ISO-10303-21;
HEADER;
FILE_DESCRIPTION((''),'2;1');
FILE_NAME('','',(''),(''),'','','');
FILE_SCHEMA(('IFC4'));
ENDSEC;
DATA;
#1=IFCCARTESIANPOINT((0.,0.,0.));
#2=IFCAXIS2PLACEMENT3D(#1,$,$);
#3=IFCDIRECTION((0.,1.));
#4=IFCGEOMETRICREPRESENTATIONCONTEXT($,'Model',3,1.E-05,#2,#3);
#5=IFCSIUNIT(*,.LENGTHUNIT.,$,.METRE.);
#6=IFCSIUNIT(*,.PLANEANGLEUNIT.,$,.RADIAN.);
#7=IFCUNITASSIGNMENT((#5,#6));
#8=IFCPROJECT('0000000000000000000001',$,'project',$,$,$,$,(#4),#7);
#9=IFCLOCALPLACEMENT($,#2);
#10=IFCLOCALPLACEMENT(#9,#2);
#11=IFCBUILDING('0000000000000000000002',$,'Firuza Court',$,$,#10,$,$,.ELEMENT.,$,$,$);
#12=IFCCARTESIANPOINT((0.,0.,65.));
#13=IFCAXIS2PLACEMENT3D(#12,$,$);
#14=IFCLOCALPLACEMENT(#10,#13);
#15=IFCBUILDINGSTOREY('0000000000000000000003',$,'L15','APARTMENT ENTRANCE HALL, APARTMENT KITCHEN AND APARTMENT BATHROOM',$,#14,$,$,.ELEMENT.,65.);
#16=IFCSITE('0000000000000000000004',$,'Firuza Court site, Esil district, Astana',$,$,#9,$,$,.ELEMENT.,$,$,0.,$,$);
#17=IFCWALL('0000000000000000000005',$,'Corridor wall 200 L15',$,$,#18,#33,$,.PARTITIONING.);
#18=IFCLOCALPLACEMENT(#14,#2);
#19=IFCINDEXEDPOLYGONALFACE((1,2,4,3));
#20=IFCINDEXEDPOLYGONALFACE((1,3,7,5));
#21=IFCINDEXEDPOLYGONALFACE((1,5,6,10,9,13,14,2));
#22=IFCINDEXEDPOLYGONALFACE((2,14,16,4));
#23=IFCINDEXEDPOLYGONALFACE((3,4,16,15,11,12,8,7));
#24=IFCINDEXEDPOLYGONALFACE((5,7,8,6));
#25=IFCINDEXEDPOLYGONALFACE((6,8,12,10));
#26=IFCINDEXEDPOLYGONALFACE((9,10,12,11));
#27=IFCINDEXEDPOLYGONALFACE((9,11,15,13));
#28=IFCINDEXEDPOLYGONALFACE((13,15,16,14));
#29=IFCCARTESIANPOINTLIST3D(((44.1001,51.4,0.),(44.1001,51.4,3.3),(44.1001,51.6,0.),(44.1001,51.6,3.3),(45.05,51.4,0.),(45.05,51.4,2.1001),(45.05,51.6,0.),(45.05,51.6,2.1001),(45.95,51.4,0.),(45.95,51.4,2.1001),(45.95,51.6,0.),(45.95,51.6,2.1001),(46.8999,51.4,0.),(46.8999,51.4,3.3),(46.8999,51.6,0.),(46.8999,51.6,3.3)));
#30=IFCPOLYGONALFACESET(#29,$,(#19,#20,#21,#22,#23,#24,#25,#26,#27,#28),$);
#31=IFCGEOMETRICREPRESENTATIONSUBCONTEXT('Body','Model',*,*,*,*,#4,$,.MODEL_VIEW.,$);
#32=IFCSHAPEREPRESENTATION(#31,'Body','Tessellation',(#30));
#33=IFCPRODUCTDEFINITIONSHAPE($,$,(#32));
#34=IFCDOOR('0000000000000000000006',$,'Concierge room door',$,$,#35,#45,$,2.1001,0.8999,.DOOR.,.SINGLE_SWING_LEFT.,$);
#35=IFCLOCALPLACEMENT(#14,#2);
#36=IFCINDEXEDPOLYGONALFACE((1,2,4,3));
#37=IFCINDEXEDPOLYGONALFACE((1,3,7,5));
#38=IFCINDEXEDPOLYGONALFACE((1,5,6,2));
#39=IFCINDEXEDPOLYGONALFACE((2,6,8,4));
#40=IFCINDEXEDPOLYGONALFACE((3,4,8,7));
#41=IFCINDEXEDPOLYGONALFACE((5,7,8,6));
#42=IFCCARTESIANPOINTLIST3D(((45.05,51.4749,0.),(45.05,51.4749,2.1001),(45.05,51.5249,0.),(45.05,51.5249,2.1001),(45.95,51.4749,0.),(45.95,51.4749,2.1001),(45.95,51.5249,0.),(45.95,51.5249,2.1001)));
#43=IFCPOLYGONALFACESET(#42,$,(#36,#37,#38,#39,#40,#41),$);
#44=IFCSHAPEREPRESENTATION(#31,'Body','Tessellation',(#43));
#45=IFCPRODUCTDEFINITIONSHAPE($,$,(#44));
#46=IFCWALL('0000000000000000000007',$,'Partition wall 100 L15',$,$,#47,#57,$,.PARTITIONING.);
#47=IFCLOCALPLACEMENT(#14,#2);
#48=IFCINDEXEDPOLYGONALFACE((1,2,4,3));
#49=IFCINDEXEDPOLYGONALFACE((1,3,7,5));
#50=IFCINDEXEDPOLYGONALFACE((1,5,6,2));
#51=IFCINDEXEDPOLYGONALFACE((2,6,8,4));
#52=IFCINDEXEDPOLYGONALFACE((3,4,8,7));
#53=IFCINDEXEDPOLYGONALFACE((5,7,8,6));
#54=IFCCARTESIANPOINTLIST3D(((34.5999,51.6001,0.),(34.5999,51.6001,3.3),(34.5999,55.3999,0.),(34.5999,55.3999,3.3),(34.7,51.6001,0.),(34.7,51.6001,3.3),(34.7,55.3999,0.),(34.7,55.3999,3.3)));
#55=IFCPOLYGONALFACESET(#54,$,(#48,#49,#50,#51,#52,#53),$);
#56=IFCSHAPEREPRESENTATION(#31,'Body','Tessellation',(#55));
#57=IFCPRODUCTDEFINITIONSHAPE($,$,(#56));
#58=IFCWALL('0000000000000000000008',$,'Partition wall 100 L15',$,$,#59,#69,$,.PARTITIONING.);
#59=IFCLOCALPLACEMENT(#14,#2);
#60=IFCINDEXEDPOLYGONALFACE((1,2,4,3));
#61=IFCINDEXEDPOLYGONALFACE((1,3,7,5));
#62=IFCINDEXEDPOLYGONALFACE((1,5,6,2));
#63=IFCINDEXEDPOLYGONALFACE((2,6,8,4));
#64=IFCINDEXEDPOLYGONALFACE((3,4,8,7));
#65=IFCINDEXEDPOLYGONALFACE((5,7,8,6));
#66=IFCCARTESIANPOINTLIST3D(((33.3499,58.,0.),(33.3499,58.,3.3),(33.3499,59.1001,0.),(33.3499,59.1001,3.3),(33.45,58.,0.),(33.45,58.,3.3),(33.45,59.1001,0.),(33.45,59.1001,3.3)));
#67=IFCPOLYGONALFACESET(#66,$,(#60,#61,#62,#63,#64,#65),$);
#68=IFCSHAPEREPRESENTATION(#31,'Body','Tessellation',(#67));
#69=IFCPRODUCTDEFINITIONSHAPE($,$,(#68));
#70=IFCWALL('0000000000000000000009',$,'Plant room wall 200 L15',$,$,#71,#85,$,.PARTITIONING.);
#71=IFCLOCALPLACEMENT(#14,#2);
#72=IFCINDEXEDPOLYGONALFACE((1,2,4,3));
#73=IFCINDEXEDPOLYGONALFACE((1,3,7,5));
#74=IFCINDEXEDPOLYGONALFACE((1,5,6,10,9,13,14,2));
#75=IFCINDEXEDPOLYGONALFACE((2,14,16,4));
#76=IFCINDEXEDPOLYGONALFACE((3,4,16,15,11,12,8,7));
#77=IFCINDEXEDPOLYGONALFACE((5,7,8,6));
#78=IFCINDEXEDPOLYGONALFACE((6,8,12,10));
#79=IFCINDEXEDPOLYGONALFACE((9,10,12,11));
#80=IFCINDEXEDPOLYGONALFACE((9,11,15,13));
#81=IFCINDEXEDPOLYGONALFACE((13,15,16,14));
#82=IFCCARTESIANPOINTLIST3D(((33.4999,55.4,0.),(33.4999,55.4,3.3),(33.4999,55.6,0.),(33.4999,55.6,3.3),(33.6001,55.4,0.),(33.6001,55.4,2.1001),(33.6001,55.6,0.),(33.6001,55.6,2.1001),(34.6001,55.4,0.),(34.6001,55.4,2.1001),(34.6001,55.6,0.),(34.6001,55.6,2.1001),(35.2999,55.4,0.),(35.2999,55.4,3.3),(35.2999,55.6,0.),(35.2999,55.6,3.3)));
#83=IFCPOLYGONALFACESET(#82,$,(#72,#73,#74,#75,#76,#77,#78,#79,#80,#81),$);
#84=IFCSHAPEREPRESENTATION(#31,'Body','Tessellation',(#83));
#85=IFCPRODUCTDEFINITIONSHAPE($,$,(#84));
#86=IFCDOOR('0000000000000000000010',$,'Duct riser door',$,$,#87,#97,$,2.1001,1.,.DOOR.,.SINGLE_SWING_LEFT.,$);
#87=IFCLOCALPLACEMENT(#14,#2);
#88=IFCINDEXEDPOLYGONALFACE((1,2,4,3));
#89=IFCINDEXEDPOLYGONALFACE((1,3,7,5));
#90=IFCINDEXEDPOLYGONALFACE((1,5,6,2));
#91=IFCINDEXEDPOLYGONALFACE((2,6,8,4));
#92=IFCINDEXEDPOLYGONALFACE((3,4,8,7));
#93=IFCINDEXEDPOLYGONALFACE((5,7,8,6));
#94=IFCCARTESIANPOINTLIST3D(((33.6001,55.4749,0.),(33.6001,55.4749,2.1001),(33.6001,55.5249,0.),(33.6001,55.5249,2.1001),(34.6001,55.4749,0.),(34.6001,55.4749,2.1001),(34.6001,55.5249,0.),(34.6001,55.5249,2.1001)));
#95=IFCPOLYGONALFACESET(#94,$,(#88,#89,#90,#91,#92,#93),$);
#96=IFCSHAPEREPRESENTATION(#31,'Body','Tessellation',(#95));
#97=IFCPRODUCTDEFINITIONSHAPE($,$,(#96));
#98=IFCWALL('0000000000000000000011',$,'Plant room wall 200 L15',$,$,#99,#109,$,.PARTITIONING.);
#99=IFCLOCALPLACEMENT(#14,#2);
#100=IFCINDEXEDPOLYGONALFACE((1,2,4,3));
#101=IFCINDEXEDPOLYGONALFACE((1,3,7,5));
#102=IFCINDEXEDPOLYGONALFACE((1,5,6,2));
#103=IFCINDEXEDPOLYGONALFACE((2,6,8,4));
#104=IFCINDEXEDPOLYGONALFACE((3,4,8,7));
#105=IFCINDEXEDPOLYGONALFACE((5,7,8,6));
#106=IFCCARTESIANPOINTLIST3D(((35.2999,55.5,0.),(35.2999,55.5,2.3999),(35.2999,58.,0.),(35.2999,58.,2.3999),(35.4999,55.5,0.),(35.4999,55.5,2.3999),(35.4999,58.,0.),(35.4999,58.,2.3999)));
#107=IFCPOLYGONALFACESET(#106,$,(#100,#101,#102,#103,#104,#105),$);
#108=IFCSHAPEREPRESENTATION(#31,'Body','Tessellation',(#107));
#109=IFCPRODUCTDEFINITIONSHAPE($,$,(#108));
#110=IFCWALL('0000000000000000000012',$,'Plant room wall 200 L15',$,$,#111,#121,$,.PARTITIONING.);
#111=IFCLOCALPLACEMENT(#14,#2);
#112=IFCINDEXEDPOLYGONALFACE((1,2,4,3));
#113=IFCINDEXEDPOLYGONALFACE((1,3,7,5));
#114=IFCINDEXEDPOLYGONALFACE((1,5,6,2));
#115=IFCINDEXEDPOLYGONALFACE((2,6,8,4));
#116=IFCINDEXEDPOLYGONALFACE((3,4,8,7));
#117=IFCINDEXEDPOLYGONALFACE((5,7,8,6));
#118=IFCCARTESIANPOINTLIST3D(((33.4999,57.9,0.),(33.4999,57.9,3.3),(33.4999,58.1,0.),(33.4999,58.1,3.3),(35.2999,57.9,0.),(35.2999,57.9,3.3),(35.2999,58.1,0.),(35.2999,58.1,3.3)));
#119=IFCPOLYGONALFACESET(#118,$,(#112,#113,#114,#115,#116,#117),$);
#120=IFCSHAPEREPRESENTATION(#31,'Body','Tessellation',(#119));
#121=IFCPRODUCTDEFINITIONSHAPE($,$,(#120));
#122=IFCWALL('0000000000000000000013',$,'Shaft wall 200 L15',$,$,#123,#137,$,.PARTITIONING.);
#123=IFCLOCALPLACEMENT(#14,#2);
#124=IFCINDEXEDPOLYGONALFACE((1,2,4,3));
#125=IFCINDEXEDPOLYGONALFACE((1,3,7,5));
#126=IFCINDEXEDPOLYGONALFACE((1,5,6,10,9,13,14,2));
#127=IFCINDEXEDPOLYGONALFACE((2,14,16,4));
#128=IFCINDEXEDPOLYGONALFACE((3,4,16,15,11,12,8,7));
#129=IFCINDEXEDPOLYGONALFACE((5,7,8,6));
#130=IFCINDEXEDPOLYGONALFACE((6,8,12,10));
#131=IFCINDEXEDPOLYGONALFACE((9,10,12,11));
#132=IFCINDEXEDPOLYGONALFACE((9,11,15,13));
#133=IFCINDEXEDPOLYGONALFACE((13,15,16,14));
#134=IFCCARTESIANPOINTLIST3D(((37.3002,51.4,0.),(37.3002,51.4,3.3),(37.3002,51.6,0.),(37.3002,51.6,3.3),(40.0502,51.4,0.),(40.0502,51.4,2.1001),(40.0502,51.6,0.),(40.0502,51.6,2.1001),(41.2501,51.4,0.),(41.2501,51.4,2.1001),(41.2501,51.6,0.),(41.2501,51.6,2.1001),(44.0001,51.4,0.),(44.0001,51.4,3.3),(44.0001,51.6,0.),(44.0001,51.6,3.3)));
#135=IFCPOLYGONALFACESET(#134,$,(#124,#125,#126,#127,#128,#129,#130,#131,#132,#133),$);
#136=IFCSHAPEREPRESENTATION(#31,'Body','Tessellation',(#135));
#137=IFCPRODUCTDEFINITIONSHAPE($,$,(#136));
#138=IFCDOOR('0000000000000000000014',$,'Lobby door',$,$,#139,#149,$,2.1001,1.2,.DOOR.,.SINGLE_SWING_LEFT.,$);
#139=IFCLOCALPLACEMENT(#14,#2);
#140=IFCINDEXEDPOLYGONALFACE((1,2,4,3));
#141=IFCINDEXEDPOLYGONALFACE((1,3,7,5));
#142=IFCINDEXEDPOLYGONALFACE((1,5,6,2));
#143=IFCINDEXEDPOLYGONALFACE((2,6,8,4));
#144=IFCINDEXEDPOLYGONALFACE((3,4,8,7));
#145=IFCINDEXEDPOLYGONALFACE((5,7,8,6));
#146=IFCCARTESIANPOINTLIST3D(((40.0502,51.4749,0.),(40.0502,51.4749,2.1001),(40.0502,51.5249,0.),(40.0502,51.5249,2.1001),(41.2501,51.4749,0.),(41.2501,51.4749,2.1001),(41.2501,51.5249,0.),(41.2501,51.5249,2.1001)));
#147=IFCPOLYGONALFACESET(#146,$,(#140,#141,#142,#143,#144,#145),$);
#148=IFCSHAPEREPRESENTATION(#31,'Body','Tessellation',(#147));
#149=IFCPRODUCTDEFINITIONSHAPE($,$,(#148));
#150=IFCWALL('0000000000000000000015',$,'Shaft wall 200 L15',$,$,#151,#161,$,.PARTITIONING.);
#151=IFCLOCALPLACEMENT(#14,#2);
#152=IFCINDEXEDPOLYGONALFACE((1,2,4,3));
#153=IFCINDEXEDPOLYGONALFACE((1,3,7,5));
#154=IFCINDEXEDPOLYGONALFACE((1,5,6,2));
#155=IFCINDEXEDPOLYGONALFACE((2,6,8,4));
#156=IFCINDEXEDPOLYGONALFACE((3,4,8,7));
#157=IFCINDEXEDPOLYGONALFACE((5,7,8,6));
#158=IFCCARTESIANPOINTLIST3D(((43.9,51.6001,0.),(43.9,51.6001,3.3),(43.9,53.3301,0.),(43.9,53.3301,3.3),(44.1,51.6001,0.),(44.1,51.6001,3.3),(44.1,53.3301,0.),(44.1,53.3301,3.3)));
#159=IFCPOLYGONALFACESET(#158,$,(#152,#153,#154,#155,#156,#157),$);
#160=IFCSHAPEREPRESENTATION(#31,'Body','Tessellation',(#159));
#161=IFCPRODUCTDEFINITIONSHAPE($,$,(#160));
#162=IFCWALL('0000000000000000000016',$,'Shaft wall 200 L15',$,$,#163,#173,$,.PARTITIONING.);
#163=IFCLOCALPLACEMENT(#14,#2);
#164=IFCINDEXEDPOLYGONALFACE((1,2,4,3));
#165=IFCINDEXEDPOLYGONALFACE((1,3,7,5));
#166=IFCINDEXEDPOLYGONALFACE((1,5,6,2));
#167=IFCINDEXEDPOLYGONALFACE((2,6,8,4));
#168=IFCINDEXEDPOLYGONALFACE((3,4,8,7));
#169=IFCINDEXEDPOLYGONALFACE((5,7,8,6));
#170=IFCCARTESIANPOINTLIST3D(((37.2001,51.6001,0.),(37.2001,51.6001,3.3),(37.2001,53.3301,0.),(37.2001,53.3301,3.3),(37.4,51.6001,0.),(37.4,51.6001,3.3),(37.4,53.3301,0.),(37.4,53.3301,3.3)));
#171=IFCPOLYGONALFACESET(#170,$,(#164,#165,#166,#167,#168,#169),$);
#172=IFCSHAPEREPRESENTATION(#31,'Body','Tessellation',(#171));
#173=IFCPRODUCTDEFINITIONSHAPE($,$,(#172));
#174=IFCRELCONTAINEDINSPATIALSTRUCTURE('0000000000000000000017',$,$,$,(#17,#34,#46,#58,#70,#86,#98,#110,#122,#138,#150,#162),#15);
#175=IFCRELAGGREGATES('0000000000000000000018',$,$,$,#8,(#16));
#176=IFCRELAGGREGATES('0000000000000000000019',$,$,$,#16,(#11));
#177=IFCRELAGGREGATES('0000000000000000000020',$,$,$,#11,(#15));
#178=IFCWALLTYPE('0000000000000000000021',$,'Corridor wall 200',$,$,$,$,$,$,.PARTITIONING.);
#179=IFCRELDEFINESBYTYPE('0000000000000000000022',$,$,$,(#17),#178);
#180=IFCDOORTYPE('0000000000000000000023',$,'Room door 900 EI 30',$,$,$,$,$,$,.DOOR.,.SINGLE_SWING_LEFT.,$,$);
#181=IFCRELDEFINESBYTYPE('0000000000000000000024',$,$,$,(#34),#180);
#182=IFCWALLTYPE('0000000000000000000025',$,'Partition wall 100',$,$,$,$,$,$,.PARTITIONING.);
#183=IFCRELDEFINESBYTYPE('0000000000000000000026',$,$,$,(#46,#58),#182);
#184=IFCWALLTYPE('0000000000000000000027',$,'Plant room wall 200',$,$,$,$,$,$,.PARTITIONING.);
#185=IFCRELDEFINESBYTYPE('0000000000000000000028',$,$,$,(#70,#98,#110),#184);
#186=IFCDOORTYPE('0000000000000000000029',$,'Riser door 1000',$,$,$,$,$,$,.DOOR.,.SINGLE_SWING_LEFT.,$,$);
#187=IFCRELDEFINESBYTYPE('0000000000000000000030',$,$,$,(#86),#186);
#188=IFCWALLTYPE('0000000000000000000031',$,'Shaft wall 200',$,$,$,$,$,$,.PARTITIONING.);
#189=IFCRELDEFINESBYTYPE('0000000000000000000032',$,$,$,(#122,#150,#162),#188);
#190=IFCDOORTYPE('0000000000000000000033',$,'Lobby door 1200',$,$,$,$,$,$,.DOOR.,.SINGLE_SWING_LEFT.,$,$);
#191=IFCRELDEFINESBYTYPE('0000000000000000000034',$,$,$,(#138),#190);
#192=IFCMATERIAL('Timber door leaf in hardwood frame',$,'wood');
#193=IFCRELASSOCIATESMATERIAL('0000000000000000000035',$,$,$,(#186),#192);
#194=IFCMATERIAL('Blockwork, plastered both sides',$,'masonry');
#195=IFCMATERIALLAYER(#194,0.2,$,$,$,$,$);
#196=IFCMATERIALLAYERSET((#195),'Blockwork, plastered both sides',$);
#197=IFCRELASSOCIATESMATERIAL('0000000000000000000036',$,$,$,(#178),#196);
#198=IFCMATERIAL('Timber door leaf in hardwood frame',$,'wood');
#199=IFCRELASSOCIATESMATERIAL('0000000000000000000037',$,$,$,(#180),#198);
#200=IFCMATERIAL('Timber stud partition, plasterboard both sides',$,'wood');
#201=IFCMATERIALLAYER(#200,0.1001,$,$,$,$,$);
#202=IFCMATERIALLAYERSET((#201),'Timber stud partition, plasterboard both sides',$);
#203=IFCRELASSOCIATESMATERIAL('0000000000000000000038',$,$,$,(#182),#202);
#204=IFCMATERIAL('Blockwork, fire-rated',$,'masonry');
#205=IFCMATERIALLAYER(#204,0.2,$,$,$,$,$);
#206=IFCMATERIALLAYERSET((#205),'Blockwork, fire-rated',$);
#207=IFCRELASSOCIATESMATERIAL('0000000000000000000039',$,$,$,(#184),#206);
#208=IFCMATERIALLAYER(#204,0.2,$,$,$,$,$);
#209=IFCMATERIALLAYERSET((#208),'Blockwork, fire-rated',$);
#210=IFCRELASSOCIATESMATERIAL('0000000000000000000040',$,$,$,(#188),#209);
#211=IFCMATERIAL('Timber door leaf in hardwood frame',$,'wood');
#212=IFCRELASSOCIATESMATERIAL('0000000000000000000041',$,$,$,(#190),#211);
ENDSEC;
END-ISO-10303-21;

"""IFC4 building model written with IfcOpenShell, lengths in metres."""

from ifc_helpers import new_model, si_unit, direction, frame, frame_2d, origin, place, context, subcontext, project, spatial, rectangle, extrude, material, layer, layer_set, type_object, element, fill, save


model = new_model("IFC4")

# Units and contexts
model_context = context("Model", 3, precision=1e-05, world=origin(), true_north=direction((0.0, 1.0)))
body_context = subcontext(model_context, "Body", "Model", "MODEL_VIEW")
ifc_project = project(units=[si_unit("LENGTHUNIT", "METRE"), si_unit("PLANEANGLEUNIT", "RADIAN")], contexts=[model_context])

# Site, building, storey
site_placement = place(None, origin())
site = spatial("IfcSite", under=ifc_project, at=site_placement, Name="Firuza Court site, Esil district, Astana", CompositionType="ELEMENT", RefElevation=0.0)
building_placement = place(site_placement, origin())
building = spatial("IfcBuilding", under=site, at=building_placement, Name="Firuza Court", CompositionType="ELEMENT")
storey_placement = place(building_placement, frame((0.0, 0.0, 65.0)))
storey = spatial("IfcBuildingStorey", under=building, at=storey_placement, Name="L15", Description="APARTMENT ENTRANCE HALL, APARTMENT KITCHEN AND APARTMENT BATHROOM", CompositionType="ELEMENT", Elevation=65.0)

# Shared definitions
ifc_material_1 = material(Name="Timber door leaf in hardwood frame", Category="wood")
door_type_1 = type_object("IfcDoorType", Name="Riser door 1000", OperationType="SINGLE_SWING_LEFT", PredefinedType="DOOR", material=ifc_material_1)

# Wall, opening, door
ifc_material_2 = material(Name="Blockwork, plastered both sides", Category="masonry")
ifc_layer_1 = layer(ifc_material_2, 0.2)
ifc_layer_set_1 = layer_set([ifc_layer_1], Name="Blockwork, plastered both sides")
wall_type_1 = type_object("IfcWallType", Name="Corridor wall 200", PredefinedType="PARTITIONING", material=ifc_layer_set_1)
wall_1_placement = place(storey_placement, frame((44.1001, 51.5, 0.0), z_axis=(0.0, 0.0, 1.0), x_axis=(1.0, 0.0, 0.0)))
wall_1 = element("IfcWall", 1, at=wall_1_placement, inside=storey, type_object=wall_type_1, Name="Corridor wall 200 L15", PredefinedType="PARTITIONING", context=body_context, shape_type="SweptSolid", body=[
    extrude(rectangle(XDim=2.7998, YDim=0.2, at=frame_2d((1.3999, 0.0))), origin(), (0.0, 0.0, 1.0), 3.3),
])
opening_1_placement = place(wall_1_placement, frame((0.95, 0.0, 0.0)))
opening_1 = element("IfcOpeningElement", 2, at=opening_1_placement, cuts=wall_1, PredefinedType="OPENING", context=body_context, shape_type="SweptSolid", body=[
    extrude(rectangle(XDim=0.8999, YDim=2.1001, at=frame_2d((0.45, 1.05))), frame((0.0, 0.1118, 0.0), z_axis=(0.0, -1.0, 0.0), x_axis=(1.0, 0.0, 0.0)), (0.0, 0.0, 1.0), 0.2239),
])
ifc_material_3 = material(Name="Timber door leaf in hardwood frame", Category="wood")
door_type_2 = type_object("IfcDoorType", Name="Room door 900 EI 30", OperationType="SINGLE_SWING_LEFT", PredefinedType="DOOR", material=ifc_material_3)
door_1_placement = place(opening_1_placement, origin())
door_1 = element("IfcDoor", 3, at=door_1_placement, inside=storey, type_object=door_type_2, Name="Concierge room door", OperationType="SINGLE_SWING_LEFT", OverallHeight=2.1001, OverallWidth=0.8999, PredefinedType="DOOR", context=body_context, shape_type="SweptSolid", body=[
    extrude(rectangle(XDim=0.8999, YDim=2.1001, at=frame_2d((0.45, 1.05))), frame((0.0, 0.0249, 0.0), z_axis=(0.0, -1.0, 0.0), x_axis=(1.0, 0.0, 0.0)), (0.0, 0.0, 1.0), 0.05),
])
fill(opening_1, door_1)

# Walls
ifc_material_4 = material(Name="Timber stud partition, plasterboard both sides", Category="wood")
ifc_layer_2 = layer(ifc_material_4, 0.1001)
ifc_layer_set_2 = layer_set([ifc_layer_2], Name="Timber stud partition, plasterboard both sides")
wall_type_2 = type_object("IfcWallType", Name="Partition wall 100", PredefinedType="PARTITIONING", material=ifc_layer_set_2)
wall_2_placement = place(storey_placement, frame((34.6499, 51.6001, 0.0), z_axis=(0.0, 0.0, 1.0), x_axis=(0.0, 1.0, 0.0)))
element("IfcWall", 4, at=wall_2_placement, inside=storey, type_object=wall_type_2, Name="Partition wall 100 L15", PredefinedType="PARTITIONING", context=body_context, shape_type="SweptSolid", body=[
    extrude(rectangle(XDim=3.7998, YDim=0.1001, at=frame_2d((1.8999, 0.0))), origin(), (0.0, 0.0, 1.0), 3.3),
])
wall_3_placement = place(storey_placement, frame((33.3999, 58.0, 0.0), z_axis=(0.0, 0.0, 1.0), x_axis=(0.0, 1.0, 0.0)))
element("IfcWall", 5, at=wall_3_placement, inside=storey, type_object=wall_type_2, Name="Partition wall 100 L15", PredefinedType="PARTITIONING", context=body_context, shape_type="SweptSolid", body=[
    extrude(rectangle(XDim=1.1001, YDim=0.1001, at=frame_2d((0.55, 0.0))), origin(), (0.0, 0.0, 1.0), 3.3),
])

# Wall, opening, door
ifc_material_5 = material(Name="Blockwork, fire-rated", Category="masonry")
ifc_layer_3 = layer(ifc_material_5, 0.2)
ifc_layer_set_3 = layer_set([ifc_layer_3], Name="Blockwork, fire-rated")
wall_type_3 = type_object("IfcWallType", Name="Plant room wall 200", PredefinedType="PARTITIONING", material=ifc_layer_set_3)
wall_4_placement = place(storey_placement, frame((33.5, 55.5, 0.0), z_axis=(0.0, 0.0, 1.0), x_axis=(1.0, 0.0, 0.0)))
wall_4 = element("IfcWall", 6, at=wall_4_placement, inside=storey, type_object=wall_type_3, Name="Plant room wall 200 L15", PredefinedType="PARTITIONING", context=body_context, shape_type="SweptSolid", body=[
    extrude(rectangle(XDim=1.8, YDim=0.2, at=frame_2d((0.8999, 0.0))), origin(), (0.0, 0.0, 1.0), 3.3),
])
opening_2_placement = place(wall_4_placement, frame((0.1001, 0.0, 0.0)))
opening_2 = element("IfcOpeningElement", 7, at=opening_2_placement, cuts=wall_4, PredefinedType="OPENING", context=body_context, shape_type="SweptSolid", body=[
    extrude(rectangle(XDim=1.0, YDim=2.1001, at=frame_2d((0.5, 1.05))), frame((0.0, 0.1118, 0.0), z_axis=(0.0, -1.0, 0.0), x_axis=(1.0, 0.0, 0.0)), (0.0, 0.0, 1.0), 0.2239),
])
door_2_placement = place(opening_2_placement, origin())
door_2 = element("IfcDoor", 8, at=door_2_placement, inside=storey, type_object=door_type_1, Name="Duct riser door", OperationType="SINGLE_SWING_LEFT", OverallHeight=2.1001, OverallWidth=1.0, PredefinedType="DOOR", context=body_context, shape_type="SweptSolid", body=[
    extrude(rectangle(XDim=1.0, YDim=2.1001, at=frame_2d((0.5, 1.05))), frame((0.0, 0.0249, 0.0), z_axis=(0.0, -1.0, 0.0), x_axis=(1.0, 0.0, 0.0)), (0.0, 0.0, 1.0), 0.05),
])
fill(opening_2, door_2)

# Walls
wall_5_placement = place(storey_placement, frame((35.3999, 55.5, 0.0), z_axis=(0.0, 0.0, 1.0), x_axis=(0.0, 1.0, 0.0)))
element("IfcWall", 9, at=wall_5_placement, inside=storey, type_object=wall_type_3, Name="Plant room wall 200 L15", PredefinedType="PARTITIONING", context=body_context, shape_type="SweptSolid", body=[
    extrude(rectangle(XDim=2.5, YDim=0.2, at=frame_2d((1.25, 0.0))), origin(), (0.0, 0.0, 1.0), 2.3999),
])
wall_6_placement = place(storey_placement, frame((33.5, 58.0, 0.0), z_axis=(0.0, 0.0, 1.0), x_axis=(1.0, 0.0, 0.0)))
element("IfcWall", 10, at=wall_6_placement, inside=storey, type_object=wall_type_3, Name="Plant room wall 200 L15", PredefinedType="PARTITIONING", context=body_context, shape_type="SweptSolid", body=[
    extrude(rectangle(XDim=1.8, YDim=0.2, at=frame_2d((0.8999, 0.0))), origin(), (0.0, 0.0, 1.0), 3.3),
])

# Wall, opening, door
ifc_layer_4 = layer(ifc_material_5, 0.2)
ifc_layer_set_4 = layer_set([ifc_layer_4], Name="Blockwork, fire-rated")
wall_type_4 = type_object("IfcWallType", Name="Shaft wall 200", PredefinedType="PARTITIONING", material=ifc_layer_set_4)
wall_7_placement = place(storey_placement, frame((37.3, 51.5, 0.0), z_axis=(0.0, 0.0, 1.0), x_axis=(1.0, 0.0, 0.0)))
wall_7 = element("IfcWall", 11, at=wall_7_placement, inside=storey, type_object=wall_type_4, Name="Shaft wall 200 L15", PredefinedType="PARTITIONING", context=body_context, shape_type="SweptSolid", body=[
    extrude(rectangle(XDim=6.7, YDim=0.2, at=frame_2d((3.3501, 0.0))), origin(), (0.0, 0.0, 1.0), 3.3),
])
opening_3_placement = place(wall_7_placement, frame((2.75, 0.0, 0.0)))
opening_3 = element("IfcOpeningElement", 12, at=opening_3_placement, cuts=wall_7, PredefinedType="OPENING", context=body_context, shape_type="SweptSolid", body=[
    extrude(rectangle(XDim=1.2, YDim=2.1001, at=frame_2d((0.6001, 1.05))), frame((0.0, 0.1118, 0.0), z_axis=(0.0, -1.0, 0.0), x_axis=(1.0, 0.0, 0.0)), (0.0, 0.0, 1.0), 0.2239),
])
ifc_material_6 = material(Name="Timber door leaf in hardwood frame", Category="wood")
door_type_3 = type_object("IfcDoorType", Name="Lobby door 1200", OperationType="SINGLE_SWING_LEFT", PredefinedType="DOOR", material=ifc_material_6)
door_3_placement = place(opening_3_placement, origin())
door_3 = element("IfcDoor", 13, at=door_3_placement, inside=storey, type_object=door_type_3, Name="Lobby door", OperationType="SINGLE_SWING_LEFT", OverallHeight=2.1001, OverallWidth=1.2, PredefinedType="DOOR", context=body_context, shape_type="SweptSolid", body=[
    extrude(rectangle(XDim=1.2, YDim=2.1001, at=frame_2d((0.6001, 1.05))), frame((0.0, 0.0249, 0.0), z_axis=(0.0, -1.0, 0.0), x_axis=(1.0, 0.0, 0.0)), (0.0, 0.0, 1.0), 0.05),
])
fill(opening_3, door_3)

# Walls
for number, where, z_axis, x_axis, name in (
    (14, (44.0, 51.6001, 0.0), (0.0, 0.0, 1.0), (0.0, 1.0, 0.0), "Shaft wall 200 L15"),
    (15, (37.3, 51.6001, 0.0), (0.0, 0.0, 1.0), (0.0, 1.0, 0.0), "Shaft wall 200 L15"),
):
    element("IfcWall", number, at=place(storey_placement, frame(where, z_axis=z_axis, x_axis=x_axis)), inside=storey, type_object=wall_type_4, Name=name, PredefinedType="PARTITIONING", context=body_context, shape_type="SweptSolid", body=[
        extrude(rectangle(XDim=1.73, YDim=0.2, at=frame_2d((0.865, 0.0))), origin(), (0.0, 0.0, 1.0), 3.3),
    ])

save(model, "model.ifc")
